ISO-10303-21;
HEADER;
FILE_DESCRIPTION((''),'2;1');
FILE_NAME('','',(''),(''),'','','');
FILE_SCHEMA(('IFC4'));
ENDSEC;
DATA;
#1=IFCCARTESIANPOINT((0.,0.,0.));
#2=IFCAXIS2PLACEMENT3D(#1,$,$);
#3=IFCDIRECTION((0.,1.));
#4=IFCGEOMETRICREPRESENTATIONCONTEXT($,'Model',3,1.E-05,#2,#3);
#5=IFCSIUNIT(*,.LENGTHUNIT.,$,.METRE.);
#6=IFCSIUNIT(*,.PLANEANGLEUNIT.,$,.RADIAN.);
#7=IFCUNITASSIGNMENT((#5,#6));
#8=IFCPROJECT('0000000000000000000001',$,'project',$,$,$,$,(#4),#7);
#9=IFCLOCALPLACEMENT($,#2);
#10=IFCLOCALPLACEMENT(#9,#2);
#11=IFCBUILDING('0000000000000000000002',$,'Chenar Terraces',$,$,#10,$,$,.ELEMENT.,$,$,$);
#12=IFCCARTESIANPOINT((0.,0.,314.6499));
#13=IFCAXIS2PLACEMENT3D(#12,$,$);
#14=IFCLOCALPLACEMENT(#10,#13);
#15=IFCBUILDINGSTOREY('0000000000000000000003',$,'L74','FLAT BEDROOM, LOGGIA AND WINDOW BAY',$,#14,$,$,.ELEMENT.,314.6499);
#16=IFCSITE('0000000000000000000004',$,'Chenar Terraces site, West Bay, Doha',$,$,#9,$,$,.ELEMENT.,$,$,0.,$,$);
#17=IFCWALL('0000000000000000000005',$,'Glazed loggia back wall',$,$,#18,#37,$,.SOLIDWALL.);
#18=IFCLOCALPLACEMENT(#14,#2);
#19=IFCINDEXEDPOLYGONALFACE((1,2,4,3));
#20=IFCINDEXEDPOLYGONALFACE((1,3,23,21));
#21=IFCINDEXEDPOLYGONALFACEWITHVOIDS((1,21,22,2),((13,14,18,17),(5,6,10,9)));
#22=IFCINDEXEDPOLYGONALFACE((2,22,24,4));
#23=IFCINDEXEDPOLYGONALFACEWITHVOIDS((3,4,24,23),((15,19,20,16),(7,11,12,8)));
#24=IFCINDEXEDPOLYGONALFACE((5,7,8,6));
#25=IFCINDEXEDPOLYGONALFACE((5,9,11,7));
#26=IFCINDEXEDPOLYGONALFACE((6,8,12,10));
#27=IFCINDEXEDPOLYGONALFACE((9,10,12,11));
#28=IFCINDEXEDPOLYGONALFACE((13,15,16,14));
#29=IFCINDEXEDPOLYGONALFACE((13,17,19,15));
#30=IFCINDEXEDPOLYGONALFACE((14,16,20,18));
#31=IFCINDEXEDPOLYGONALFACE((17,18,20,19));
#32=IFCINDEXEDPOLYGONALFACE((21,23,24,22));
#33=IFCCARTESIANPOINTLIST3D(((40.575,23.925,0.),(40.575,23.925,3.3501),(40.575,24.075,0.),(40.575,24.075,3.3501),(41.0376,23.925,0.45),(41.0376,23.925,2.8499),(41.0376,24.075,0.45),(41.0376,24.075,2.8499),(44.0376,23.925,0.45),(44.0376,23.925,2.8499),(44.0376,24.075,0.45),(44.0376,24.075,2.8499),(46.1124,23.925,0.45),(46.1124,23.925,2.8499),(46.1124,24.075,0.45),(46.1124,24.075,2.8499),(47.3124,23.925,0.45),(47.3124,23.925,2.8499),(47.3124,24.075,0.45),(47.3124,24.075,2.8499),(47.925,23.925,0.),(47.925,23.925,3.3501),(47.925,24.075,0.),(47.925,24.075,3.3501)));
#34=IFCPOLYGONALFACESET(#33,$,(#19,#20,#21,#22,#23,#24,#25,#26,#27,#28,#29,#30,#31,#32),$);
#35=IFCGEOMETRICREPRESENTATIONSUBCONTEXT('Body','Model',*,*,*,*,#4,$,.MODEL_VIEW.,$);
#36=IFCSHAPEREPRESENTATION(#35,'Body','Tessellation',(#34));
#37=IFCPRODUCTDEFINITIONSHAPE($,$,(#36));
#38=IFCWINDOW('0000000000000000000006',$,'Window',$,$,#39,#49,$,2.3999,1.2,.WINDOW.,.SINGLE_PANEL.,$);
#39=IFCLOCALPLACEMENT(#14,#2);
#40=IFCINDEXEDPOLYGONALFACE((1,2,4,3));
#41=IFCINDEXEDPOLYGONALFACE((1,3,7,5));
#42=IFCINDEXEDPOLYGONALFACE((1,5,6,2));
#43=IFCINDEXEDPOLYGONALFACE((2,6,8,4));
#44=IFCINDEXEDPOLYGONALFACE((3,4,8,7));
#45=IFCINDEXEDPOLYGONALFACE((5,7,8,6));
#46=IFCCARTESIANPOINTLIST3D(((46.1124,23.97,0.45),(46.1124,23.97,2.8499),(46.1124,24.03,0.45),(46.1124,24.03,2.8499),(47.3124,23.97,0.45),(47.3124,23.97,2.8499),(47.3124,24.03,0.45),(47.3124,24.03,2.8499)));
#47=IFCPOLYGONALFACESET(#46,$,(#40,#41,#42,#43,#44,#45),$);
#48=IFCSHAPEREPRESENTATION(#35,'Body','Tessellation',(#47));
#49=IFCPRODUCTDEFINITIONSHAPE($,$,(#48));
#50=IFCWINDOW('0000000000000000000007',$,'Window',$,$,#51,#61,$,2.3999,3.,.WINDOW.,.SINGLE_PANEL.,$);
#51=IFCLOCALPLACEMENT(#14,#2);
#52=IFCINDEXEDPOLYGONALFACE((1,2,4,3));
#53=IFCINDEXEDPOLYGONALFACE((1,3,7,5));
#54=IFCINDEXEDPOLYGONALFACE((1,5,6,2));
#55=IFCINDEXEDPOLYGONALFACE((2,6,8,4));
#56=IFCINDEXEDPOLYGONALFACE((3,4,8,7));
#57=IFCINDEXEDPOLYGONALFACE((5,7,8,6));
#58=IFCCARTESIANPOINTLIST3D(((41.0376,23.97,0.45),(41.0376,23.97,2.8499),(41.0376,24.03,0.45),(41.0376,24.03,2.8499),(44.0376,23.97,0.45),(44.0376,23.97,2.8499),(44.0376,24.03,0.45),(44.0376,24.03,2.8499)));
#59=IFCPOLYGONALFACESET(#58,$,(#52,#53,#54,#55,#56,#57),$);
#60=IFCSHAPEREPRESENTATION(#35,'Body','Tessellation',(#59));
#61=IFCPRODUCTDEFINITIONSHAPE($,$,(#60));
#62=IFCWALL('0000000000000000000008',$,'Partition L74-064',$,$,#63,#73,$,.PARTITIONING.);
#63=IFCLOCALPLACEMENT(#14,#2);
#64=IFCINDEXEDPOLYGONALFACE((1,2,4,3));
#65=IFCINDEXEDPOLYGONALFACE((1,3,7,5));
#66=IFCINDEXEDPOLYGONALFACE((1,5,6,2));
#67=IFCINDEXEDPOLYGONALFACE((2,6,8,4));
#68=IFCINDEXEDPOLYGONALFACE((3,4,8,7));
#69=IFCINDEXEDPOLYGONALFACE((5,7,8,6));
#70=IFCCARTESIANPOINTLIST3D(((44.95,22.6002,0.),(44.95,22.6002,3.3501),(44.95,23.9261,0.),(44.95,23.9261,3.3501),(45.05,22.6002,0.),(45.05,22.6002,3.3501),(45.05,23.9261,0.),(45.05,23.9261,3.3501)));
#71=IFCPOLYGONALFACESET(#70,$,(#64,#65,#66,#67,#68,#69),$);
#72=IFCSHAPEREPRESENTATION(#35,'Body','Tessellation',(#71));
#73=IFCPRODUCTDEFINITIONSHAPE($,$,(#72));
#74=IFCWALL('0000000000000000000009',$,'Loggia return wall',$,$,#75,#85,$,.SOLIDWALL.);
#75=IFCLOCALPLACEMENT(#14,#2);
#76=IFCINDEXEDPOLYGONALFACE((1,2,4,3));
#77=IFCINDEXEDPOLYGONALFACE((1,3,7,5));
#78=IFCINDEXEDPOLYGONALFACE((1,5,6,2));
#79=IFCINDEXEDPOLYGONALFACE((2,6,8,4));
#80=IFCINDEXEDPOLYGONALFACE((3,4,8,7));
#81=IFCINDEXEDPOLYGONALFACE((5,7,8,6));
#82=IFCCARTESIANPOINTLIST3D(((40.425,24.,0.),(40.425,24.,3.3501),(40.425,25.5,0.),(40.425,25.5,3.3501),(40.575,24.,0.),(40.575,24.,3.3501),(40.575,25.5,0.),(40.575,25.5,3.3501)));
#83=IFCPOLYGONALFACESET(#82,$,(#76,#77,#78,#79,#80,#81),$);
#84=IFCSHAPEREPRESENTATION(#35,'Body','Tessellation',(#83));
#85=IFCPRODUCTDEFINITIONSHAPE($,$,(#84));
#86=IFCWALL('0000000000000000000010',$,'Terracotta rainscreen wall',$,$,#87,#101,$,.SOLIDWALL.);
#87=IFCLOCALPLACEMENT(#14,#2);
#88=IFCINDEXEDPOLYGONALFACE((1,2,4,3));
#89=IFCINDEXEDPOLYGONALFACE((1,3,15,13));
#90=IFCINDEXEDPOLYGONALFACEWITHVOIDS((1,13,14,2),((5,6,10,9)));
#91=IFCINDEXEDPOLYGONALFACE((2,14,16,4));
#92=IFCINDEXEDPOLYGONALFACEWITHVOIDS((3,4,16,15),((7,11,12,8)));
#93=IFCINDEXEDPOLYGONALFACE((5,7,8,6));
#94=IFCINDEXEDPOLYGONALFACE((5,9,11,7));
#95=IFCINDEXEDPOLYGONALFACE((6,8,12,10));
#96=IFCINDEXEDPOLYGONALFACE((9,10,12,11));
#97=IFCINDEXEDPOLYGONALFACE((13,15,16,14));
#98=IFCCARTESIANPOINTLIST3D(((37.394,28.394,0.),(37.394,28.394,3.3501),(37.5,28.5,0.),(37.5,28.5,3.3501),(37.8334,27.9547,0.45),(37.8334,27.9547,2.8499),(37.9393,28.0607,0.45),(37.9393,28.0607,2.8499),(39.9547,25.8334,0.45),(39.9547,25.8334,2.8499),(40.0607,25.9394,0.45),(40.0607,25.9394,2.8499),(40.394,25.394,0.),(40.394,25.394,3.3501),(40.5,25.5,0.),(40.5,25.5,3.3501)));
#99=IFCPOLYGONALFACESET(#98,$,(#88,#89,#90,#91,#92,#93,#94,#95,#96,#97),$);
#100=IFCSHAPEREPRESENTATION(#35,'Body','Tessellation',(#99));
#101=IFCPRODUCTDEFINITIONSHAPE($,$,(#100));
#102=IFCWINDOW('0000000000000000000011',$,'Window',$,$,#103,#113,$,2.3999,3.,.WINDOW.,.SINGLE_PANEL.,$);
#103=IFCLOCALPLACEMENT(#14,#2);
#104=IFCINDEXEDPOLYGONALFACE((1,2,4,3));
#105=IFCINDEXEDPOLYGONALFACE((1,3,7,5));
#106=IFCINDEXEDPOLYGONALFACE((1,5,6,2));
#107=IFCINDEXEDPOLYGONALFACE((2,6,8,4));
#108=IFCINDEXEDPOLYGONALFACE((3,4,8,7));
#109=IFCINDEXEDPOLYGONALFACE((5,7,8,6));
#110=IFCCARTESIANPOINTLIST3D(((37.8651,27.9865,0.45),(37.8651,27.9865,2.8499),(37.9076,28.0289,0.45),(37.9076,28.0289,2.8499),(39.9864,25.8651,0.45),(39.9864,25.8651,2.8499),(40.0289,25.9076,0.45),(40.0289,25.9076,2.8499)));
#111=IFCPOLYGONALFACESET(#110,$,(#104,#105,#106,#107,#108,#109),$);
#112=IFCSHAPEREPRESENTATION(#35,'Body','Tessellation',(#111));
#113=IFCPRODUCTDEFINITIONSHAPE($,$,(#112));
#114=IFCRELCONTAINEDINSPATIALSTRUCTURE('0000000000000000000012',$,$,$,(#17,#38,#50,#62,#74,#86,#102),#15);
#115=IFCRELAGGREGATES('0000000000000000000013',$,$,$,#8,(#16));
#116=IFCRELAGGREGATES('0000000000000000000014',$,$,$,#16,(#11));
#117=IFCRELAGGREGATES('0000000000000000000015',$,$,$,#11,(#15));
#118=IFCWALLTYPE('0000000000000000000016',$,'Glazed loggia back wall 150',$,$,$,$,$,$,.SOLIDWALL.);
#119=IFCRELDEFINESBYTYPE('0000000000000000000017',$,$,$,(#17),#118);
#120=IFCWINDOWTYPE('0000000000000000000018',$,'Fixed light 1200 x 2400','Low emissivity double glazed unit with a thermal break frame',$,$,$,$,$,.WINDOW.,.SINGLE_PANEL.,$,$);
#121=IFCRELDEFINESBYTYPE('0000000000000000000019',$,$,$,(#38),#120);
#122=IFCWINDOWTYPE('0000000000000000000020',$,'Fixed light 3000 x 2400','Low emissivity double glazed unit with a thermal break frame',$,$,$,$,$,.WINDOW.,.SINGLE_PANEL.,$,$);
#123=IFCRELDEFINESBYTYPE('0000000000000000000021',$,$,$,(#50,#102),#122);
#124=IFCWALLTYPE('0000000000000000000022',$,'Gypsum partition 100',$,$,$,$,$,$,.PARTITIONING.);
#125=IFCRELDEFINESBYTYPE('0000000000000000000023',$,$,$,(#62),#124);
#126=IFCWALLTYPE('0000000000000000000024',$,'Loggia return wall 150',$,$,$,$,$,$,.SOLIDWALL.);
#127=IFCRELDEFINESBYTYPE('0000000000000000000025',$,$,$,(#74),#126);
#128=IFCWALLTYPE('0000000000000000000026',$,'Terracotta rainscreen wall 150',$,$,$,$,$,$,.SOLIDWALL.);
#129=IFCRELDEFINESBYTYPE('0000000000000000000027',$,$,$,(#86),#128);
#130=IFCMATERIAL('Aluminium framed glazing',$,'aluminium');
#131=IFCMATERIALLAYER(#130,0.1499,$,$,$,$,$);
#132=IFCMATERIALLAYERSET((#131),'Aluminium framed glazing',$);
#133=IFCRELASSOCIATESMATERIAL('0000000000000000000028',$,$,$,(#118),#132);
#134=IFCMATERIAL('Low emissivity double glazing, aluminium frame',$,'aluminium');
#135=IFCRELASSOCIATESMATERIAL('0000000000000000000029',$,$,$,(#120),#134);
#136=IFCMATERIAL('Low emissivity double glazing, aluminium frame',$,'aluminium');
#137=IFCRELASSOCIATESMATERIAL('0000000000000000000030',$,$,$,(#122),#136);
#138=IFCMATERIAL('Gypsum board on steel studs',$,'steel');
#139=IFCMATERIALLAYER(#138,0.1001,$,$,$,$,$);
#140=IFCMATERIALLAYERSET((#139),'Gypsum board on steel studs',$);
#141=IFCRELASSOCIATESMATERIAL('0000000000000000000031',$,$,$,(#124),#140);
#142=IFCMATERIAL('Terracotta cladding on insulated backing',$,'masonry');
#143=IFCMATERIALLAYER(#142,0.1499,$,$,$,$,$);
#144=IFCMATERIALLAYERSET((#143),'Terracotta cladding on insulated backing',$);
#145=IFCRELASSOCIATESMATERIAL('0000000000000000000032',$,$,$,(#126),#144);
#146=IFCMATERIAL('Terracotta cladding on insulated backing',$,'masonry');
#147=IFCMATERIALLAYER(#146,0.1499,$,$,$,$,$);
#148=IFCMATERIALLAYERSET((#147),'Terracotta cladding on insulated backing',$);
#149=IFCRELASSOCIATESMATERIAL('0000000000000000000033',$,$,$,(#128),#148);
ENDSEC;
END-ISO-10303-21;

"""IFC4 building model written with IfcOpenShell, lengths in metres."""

from ifc_helpers import new_model, si_unit, direction, frame, frame_2d, origin, place, context, subcontext, project, spatial, rectangle, extrude, material, layer, layer_set, type_object, element, fill, save


model = new_model("IFC4")

# Units and contexts
model_context = context("Model", 3, precision=1e-05, world=origin(), true_north=direction((0.0, 1.0)))
body_context = subcontext(model_context, "Body", "Model", "MODEL_VIEW")
ifc_project = project(units=[si_unit("LENGTHUNIT", "METRE"), si_unit("PLANEANGLEUNIT", "RADIAN")], contexts=[model_context])

# Site, building, storey
site_placement = place(None, origin())
site = spatial("IfcSite", under=ifc_project, at=site_placement, Name="Chenar Terraces site, West Bay, Doha", CompositionType="ELEMENT", RefElevation=0.0)
building_placement = place(site_placement, origin())
building = spatial("IfcBuilding", under=site, at=building_placement, Name="Chenar Terraces", CompositionType="ELEMENT")
storey_placement = place(building_placement, frame((0.0, 0.0, 314.6499)))
storey = spatial("IfcBuildingStorey", under=building, at=storey_placement, Name="L74", Description="FLAT BEDROOM, LOGGIA AND WINDOW BAY", CompositionType="ELEMENT", Elevation=314.6499)

# Wall, openings, windows
ifc_material_1 = material(Name="Aluminium framed glazing", Category="aluminium")
ifc_layer_1 = layer(ifc_material_1, 0.1499)
ifc_layer_set_1 = layer_set([ifc_layer_1], Name="Aluminium framed glazing")
wall_type_1 = type_object("IfcWallType", Name="Glazed loggia back wall 150", PredefinedType="SOLIDWALL", material=ifc_layer_set_1)
wall_1_placement = place(storey_placement, frame((47.925, 24.0, 0.0), z_axis=(0.0, 0.0, 1.0), x_axis=(-1.0, 0.0, 0.0)))
wall_1 = element("IfcWall", 1, at=wall_1_placement, inside=storey, type_object=wall_type_1, Name="Glazed loggia back wall", PredefinedType="SOLIDWALL", context=body_context, shape_type="SweptSolid", body=[
    extrude(rectangle(XDim=7.3501, YDim=0.1499, at=frame_2d((3.675, 0.0))), origin(), (0.0, 0.0, 1.0), 3.3501),
])
opening_1_placement = place(wall_1_placement, frame((0.6125, 0.0, 0.45)))
opening_1 = element("IfcOpeningElement", 2, at=opening_1_placement, cuts=wall_1, PredefinedType="OPENING", context=body_context, shape_type="SweptSolid", body=[
    extrude(rectangle(XDim=1.2, YDim=2.3999, at=frame_2d((0.6001, 1.2))), frame((0.0, 0.085, 0.0), z_axis=(0.0, -1.0, 0.0), x_axis=(1.0, 0.0, 0.0)), (0.0, 0.0, 1.0), 0.1699),
])
opening_2_placement = place(wall_1_placement, frame((3.8875, 0.0, 0.45)))
opening_2 = element("IfcOpeningElement", 3, at=opening_2_placement, cuts=wall_1, PredefinedType="OPENING", context=body_context, shape_type="SweptSolid", body=[
    extrude(rectangle(XDim=3.0, YDim=2.3999, at=frame_2d((1.5, 1.2))), frame((0.0, 0.085, 0.0), z_axis=(0.0, -1.0, 0.0), x_axis=(1.0, 0.0, 0.0)), (0.0, 0.0, 1.0), 0.1699),
])
ifc_material_2 = material(Name="Low emissivity double glazing, aluminium frame", Category="aluminium")
window_type_1 = type_object("IfcWindowType", Name="Fixed light 1200 x 2400", Description="Low emissivity double glazed unit with a thermal break frame", PartitioningType="SINGLE_PANEL", PredefinedType="WINDOW", material=ifc_material_2)
window_1_placement = place(opening_1_placement, origin())
window_1 = element("IfcWindow", 4, at=window_1_placement, inside=storey, type_object=window_type_1, Name="Window", OverallHeight=2.3999, OverallWidth=1.2, PartitioningType="SINGLE_PANEL", PredefinedType="WINDOW", context=body_context, shape_type="SweptSolid", body=[
    extrude(rectangle(XDim=1.2, YDim=2.3999, at=frame_2d((0.6001, 1.2))), frame((0.0, 0.03, 0.0), z_axis=(0.0, -1.0, 0.0), x_axis=(1.0, 0.0, 0.0)), (0.0, 0.0, 1.0), 0.0601),
])
fill(opening_1, window_1)
ifc_material_3 = material(Name="Low emissivity double glazing, aluminium frame", Category="aluminium")
window_type_2 = type_object("IfcWindowType", Name="Fixed light 3000 x 2400", Description="Low emissivity double glazed unit with a thermal break frame", PartitioningType="SINGLE_PANEL", PredefinedType="WINDOW", material=ifc_material_3)
window_2_placement = place(opening_2_placement, origin())
window_2 = element("IfcWindow", 5, at=window_2_placement, inside=storey, type_object=window_type_2, Name="Window", OverallHeight=2.3999, OverallWidth=3.0, PartitioningType="SINGLE_PANEL", PredefinedType="WINDOW", context=body_context, shape_type="SweptSolid", body=[
    extrude(rectangle(XDim=3.0, YDim=2.3999, at=frame_2d((1.5, 1.2))), frame((0.0, 0.03, 0.0), z_axis=(0.0, -1.0, 0.0), x_axis=(1.0, 0.0, 0.0)), (0.0, 0.0, 1.0), 0.0601),
])
fill(opening_2, window_2)

# Walls
ifc_material_4 = material(Name="Gypsum board on steel studs", Category="steel")
ifc_layer_2 = layer(ifc_material_4, 0.1001)
ifc_layer_set_2 = layer_set([ifc_layer_2], Name="Gypsum board on steel studs")
wall_type_2 = type_object("IfcWallType", Name="Gypsum partition 100", PredefinedType="PARTITIONING", material=ifc_layer_set_2)
wall_2_placement = place(storey_placement, frame((45.0, 22.6001, 0.0), z_axis=(0.0, 0.0, 1.0), x_axis=(0.0, 1.0, 0.0)))
element("IfcWall", 6, at=wall_2_placement, inside=storey, type_object=wall_type_2, Name="Partition L74-064", PredefinedType="PARTITIONING", context=body_context, shape_type="SweptSolid", body=[
    extrude(rectangle(XDim=1.3259, YDim=0.1001, at=frame_2d((0.6631, 0.0))), origin(), (0.0, 0.0, 1.0), 3.3501),
])
ifc_material_5 = material(Name="Terracotta cladding on insulated backing", Category="masonry")
ifc_layer_3 = layer(ifc_material_5, 0.1499)
ifc_layer_set_3 = layer_set([ifc_layer_3], Name="Terracotta cladding on insulated backing")
wall_type_3 = type_object("IfcWallType", Name="Loggia return wall 150", PredefinedType="SOLIDWALL", material=ifc_layer_set_3)
wall_3_placement = place(storey_placement, frame((40.5, 25.5, 0.0), z_axis=(0.0, 0.0, 1.0), x_axis=(0.0, -1.0, 0.0)))
element("IfcWall", 7, at=wall_3_placement, inside=storey, type_object=wall_type_3, Name="Loggia return wall", PredefinedType="SOLIDWALL", context=body_context, shape_type="SweptSolid", body=[
    extrude(rectangle(XDim=1.5, YDim=0.1499, at=frame_2d((0.75, 0.0))), origin(), (0.0, 0.0, 1.0), 3.3501),
])

# Wall, opening, window
ifc_material_6 = material(Name="Terracotta cladding on insulated backing", Category="masonry")
ifc_layer_4 = layer(ifc_material_6, 0.1499)
ifc_layer_set_4 = layer_set([ifc_layer_4], Name="Terracotta cladding on insulated backing")
wall_type_4 = type_object("IfcWallType", Name="Terracotta rainscreen wall 150", PredefinedType="SOLIDWALL", material=ifc_layer_set_4)
wall_4_placement = place(storey_placement, frame((40.447, 25.447, 0.0), z_axis=(0.0, 0.0, 1.0), x_axis=(-0.707107, 0.707107, 0.0)))
wall_4 = element("IfcWall", 8, at=wall_4_placement, inside=storey, type_object=wall_type_4, Name="Terracotta rainscreen wall", PredefinedType="SOLIDWALL", context=body_context, shape_type="SweptSolid", body=[
    extrude(rectangle(XDim=4.2427, YDim=0.1499, at=frame_2d((2.1213, 0.0))), origin(), (0.0, 0.0, 1.0), 3.3501),
])
opening_3_placement = place(wall_4_placement, frame((0.6213, 0.0, 0.45)))
opening_3 = element("IfcOpeningElement", 9, at=opening_3_placement, cuts=wall_4, PredefinedType="OPENING", context=body_context, shape_type="SweptSolid", body=[
    extrude(rectangle(XDim=3.0, YDim=2.3999, at=frame_2d((1.5, 1.2))), frame((0.0, 0.085, 0.0), z_axis=(0.0, -1.0, 0.0), x_axis=(1.0, 0.0, 0.0)), (0.0, 0.0, 1.0), 0.1699),
])
window_3_placement = place(opening_3_placement, origin())
window_3 = element("IfcWindow", 10, at=window_3_placement, inside=storey, type_object=window_type_2, Name="Window", OverallHeight=2.3999, OverallWidth=3.0, PartitioningType="SINGLE_PANEL", PredefinedType="WINDOW", context=body_context, shape_type="SweptSolid", body=[
    extrude(rectangle(XDim=3.0, YDim=2.3999, at=frame_2d((1.5, 1.2))), frame((0.0, 0.03, 0.0), z_axis=(0.0, -1.0, 0.0), x_axis=(1.0, 0.0, 0.0)), (0.0, 0.0, 1.0), 0.0601),
])
fill(opening_3, window_3)

save(model, "model.ifc")
